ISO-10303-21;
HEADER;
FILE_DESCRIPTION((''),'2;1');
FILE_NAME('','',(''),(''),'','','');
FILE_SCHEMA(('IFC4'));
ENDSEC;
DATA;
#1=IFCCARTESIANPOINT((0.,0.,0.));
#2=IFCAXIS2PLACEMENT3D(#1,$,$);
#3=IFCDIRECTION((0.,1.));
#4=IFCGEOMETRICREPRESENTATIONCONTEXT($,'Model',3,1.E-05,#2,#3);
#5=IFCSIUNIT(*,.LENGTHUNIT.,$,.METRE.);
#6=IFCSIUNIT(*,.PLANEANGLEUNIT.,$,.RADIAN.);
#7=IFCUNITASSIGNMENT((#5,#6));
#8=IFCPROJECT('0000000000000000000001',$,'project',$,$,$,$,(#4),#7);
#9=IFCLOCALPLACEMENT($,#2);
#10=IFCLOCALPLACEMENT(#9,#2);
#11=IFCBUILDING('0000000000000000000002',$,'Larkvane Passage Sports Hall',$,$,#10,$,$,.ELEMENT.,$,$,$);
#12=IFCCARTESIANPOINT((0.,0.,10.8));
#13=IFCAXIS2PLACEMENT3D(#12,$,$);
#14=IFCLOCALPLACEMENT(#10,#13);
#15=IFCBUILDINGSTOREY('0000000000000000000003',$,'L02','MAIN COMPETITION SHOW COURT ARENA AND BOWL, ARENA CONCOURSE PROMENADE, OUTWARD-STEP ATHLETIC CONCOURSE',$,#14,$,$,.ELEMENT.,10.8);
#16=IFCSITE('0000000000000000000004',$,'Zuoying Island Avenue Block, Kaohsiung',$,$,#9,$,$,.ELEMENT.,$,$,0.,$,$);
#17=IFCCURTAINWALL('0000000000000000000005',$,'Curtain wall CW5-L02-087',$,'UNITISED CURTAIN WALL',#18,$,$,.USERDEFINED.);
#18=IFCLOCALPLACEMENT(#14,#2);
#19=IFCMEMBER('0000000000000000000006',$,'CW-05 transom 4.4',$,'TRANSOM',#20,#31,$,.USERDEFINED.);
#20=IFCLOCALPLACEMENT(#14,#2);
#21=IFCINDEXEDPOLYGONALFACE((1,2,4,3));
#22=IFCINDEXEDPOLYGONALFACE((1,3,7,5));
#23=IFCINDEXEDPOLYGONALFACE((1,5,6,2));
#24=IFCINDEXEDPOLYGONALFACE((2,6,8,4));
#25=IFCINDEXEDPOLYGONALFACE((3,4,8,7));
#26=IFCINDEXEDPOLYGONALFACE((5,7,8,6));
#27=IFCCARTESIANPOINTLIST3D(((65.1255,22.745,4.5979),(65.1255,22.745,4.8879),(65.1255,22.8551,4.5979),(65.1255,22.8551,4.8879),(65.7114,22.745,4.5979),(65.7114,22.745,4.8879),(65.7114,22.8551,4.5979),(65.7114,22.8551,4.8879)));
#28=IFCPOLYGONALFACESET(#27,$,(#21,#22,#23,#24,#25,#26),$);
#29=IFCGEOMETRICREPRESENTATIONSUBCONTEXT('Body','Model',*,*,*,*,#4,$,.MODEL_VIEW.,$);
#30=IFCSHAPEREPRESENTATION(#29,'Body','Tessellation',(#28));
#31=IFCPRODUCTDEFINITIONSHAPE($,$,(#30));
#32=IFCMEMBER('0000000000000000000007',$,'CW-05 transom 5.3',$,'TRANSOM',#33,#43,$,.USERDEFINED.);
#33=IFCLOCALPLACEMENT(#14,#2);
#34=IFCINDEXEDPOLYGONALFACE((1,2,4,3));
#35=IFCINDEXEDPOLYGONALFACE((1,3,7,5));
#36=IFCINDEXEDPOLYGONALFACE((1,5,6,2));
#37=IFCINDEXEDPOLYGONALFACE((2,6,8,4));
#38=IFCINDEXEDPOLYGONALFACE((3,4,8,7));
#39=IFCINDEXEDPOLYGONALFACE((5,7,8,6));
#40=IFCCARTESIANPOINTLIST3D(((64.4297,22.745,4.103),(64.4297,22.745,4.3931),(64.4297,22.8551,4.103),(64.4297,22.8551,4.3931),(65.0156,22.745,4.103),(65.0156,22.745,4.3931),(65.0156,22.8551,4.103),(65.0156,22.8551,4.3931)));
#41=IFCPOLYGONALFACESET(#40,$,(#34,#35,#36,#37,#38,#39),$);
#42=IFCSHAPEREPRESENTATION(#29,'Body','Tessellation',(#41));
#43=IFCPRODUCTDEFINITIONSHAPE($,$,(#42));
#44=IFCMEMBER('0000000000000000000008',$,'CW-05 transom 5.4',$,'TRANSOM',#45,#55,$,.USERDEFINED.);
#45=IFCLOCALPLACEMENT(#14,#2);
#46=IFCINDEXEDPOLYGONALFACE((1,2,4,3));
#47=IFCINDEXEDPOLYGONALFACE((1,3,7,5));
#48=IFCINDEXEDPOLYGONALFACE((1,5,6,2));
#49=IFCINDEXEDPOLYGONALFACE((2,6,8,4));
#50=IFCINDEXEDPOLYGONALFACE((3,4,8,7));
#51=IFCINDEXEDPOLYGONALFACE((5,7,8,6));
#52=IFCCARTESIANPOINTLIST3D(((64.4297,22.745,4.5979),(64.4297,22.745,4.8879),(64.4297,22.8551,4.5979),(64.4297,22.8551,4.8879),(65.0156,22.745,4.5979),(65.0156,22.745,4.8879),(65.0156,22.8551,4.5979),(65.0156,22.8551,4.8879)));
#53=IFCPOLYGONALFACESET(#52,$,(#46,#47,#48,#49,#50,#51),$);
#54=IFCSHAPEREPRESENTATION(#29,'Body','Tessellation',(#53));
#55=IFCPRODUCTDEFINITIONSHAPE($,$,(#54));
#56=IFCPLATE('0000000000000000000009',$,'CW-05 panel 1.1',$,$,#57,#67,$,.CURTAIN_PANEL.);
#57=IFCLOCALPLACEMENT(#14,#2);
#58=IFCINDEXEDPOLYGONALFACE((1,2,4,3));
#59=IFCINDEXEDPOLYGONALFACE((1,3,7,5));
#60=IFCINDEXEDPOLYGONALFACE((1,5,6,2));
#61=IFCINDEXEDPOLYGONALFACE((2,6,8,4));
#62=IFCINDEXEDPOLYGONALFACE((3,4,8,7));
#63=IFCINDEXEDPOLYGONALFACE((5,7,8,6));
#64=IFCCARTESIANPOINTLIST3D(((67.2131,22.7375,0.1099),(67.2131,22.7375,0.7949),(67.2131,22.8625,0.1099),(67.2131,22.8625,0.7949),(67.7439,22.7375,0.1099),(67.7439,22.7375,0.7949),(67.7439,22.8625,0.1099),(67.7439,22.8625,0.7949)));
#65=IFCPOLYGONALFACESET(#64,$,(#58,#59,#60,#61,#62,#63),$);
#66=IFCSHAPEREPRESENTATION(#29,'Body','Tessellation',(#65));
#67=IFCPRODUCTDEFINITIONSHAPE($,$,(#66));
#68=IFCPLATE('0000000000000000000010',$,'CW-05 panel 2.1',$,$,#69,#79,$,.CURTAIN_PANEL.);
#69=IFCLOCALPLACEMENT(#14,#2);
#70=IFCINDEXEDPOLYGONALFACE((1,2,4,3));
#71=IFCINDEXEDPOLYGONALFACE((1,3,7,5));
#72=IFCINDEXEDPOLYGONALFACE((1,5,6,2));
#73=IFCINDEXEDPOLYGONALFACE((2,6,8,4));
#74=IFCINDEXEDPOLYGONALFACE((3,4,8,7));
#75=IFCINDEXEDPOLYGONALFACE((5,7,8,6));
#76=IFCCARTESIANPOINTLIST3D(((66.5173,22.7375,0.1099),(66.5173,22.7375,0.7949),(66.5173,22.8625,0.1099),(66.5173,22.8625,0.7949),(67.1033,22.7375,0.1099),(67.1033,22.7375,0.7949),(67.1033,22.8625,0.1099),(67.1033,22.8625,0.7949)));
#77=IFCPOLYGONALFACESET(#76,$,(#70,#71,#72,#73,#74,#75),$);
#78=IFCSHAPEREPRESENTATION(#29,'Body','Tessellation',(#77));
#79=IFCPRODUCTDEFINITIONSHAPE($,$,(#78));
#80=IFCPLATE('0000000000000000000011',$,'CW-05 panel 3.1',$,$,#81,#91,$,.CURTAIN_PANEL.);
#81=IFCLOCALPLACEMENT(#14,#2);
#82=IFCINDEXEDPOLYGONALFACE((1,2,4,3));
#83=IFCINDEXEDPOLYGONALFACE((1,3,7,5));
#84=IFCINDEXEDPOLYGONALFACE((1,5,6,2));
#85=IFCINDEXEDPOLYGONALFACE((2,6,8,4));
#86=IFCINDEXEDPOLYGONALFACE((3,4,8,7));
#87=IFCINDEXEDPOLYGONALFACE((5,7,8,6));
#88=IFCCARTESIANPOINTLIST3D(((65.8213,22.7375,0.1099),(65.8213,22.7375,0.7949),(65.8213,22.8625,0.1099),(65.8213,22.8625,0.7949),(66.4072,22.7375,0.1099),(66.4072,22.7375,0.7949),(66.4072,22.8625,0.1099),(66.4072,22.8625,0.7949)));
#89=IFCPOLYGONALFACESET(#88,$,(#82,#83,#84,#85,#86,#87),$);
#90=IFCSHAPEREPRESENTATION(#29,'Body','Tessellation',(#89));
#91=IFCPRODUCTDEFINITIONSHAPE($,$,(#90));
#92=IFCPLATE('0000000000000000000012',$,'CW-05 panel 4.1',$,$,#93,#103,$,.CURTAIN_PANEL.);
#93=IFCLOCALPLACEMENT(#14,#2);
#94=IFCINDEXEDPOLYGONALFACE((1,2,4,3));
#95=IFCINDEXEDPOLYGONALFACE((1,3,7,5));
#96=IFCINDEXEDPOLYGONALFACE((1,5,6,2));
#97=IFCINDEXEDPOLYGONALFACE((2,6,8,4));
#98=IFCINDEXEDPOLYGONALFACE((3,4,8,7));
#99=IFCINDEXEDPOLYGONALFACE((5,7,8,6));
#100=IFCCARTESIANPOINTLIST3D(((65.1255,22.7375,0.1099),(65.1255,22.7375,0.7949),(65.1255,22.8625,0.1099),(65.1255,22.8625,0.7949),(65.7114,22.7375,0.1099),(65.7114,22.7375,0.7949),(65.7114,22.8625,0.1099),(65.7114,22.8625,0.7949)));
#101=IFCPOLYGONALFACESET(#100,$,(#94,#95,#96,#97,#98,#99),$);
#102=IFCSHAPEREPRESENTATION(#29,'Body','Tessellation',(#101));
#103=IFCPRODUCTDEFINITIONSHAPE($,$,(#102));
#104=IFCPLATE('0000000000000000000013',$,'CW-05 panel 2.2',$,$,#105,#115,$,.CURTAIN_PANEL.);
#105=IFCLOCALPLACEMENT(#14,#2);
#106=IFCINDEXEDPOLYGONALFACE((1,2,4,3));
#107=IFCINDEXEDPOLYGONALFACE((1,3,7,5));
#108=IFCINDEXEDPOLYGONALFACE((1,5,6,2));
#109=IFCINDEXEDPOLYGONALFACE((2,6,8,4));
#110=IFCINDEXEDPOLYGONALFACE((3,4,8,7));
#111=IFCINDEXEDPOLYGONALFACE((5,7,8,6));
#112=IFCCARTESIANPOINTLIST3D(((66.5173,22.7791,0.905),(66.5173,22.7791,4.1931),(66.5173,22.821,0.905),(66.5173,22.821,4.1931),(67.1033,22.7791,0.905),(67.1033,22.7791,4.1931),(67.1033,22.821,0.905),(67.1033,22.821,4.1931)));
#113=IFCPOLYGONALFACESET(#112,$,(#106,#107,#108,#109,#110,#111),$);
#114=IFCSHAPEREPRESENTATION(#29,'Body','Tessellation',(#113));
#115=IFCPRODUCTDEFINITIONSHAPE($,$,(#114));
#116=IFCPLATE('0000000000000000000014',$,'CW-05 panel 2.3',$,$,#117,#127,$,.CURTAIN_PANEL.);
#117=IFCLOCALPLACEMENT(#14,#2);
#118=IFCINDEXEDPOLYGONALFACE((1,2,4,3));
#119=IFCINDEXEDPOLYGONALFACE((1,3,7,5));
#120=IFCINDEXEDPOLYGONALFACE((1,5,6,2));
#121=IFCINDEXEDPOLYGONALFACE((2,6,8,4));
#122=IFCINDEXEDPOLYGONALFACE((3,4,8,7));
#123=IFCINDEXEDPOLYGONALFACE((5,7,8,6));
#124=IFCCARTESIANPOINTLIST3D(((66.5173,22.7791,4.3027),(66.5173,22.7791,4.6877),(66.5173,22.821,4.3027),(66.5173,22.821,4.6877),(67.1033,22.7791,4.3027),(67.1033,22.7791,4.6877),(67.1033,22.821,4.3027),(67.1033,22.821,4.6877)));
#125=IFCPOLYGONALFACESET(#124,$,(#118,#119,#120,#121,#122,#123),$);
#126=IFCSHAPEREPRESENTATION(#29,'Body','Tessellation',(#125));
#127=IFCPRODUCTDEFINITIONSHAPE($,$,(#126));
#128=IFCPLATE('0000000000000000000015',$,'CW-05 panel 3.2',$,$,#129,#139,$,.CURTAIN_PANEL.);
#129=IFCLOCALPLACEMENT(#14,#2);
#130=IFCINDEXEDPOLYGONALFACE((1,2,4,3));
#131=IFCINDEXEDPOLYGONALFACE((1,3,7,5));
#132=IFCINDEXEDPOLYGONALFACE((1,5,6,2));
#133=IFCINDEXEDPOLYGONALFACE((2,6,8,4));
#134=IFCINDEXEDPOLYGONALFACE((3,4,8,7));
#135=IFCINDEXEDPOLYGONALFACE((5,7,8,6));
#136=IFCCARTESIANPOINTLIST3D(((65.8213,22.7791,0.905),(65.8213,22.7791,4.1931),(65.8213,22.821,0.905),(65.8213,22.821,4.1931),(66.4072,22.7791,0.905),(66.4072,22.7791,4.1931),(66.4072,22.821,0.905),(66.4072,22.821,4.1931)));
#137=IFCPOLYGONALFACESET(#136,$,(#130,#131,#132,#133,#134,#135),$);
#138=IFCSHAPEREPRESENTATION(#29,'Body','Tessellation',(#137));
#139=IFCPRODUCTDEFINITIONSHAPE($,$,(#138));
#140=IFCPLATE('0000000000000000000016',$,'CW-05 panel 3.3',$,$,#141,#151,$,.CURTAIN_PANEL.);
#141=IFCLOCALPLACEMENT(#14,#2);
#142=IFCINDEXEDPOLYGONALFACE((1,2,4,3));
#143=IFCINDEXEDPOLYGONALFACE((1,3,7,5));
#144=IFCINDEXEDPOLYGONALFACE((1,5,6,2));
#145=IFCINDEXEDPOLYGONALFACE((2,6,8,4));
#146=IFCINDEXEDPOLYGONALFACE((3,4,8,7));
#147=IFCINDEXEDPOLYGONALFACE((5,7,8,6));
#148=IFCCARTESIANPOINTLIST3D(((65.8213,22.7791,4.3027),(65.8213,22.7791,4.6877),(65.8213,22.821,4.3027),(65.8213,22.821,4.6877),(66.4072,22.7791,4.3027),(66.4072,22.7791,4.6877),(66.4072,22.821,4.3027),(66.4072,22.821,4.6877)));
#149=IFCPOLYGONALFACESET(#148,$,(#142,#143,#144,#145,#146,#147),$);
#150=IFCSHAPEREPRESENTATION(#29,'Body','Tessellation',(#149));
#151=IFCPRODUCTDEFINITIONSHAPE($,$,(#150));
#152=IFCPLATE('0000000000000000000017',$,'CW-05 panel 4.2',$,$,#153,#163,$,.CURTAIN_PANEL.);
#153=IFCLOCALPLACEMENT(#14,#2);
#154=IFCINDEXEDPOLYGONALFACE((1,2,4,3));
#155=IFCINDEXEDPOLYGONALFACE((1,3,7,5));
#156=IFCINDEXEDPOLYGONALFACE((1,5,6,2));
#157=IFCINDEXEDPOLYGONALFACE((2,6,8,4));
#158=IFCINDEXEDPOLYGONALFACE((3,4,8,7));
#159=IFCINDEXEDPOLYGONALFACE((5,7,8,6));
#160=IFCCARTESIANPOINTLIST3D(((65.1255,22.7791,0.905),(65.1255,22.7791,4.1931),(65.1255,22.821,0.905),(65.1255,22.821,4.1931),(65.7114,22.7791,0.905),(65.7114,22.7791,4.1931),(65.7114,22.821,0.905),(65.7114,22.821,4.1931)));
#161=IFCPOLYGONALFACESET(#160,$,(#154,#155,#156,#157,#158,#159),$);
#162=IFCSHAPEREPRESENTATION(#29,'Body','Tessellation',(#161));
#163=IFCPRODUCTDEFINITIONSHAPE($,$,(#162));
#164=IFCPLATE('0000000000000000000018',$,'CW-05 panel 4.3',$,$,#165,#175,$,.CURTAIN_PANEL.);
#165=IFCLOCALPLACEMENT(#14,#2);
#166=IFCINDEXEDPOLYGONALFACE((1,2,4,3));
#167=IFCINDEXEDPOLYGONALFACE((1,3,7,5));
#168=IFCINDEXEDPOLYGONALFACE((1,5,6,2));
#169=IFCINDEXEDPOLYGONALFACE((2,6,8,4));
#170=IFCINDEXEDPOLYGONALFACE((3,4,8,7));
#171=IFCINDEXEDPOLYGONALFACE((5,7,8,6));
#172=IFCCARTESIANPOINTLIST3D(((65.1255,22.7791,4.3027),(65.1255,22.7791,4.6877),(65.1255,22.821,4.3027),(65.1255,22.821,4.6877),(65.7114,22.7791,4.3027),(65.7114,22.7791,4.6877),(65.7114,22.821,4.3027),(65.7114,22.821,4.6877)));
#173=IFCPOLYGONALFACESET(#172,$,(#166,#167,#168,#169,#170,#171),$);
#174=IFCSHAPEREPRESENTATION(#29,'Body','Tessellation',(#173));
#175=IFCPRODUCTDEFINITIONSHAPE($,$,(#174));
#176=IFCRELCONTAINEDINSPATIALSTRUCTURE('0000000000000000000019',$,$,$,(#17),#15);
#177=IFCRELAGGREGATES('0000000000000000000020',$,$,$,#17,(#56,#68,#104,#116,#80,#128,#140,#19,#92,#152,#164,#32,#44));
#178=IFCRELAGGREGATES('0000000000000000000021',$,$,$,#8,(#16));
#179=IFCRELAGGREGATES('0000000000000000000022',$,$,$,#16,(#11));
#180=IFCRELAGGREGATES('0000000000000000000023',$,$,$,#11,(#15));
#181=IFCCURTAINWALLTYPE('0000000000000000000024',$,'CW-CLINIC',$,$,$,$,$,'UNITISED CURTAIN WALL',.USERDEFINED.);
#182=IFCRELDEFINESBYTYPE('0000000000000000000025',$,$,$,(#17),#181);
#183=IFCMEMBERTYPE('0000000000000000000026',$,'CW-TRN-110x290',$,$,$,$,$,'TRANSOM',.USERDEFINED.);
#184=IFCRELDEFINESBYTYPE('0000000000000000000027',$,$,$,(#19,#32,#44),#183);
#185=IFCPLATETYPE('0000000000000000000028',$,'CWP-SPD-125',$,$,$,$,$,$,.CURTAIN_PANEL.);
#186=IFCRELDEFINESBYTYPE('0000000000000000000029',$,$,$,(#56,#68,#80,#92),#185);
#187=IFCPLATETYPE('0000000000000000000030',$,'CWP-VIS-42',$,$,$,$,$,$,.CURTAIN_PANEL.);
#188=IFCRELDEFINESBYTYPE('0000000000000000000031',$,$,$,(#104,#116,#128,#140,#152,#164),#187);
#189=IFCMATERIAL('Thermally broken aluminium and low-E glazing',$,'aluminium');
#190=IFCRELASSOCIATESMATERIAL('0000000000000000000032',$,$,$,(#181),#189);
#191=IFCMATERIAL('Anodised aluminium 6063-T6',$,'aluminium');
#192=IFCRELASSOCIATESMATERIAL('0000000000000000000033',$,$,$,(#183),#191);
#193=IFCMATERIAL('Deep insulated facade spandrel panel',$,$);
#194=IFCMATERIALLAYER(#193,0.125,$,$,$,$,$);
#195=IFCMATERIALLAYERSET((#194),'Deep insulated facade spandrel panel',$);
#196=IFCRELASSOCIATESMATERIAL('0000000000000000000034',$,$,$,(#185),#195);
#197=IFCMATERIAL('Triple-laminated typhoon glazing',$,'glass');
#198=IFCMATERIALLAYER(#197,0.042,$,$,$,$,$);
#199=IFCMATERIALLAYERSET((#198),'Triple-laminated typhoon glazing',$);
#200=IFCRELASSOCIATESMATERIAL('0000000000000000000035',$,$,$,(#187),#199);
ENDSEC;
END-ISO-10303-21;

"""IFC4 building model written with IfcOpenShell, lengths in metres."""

from ifc_helpers import new_model, si_unit, direction, frame, origin, origin_2d, place, context, subcontext, project, spatial, rectangle, extrude, material, layer, layer_set, material_profile, profile_set, type_object, element, aggregate, save


model = new_model("IFC4")

# Units and contexts
model_context = context("Model", 3, precision=1e-05, world=origin(), true_north=direction((0.0, 1.0)))
body_context = subcontext(model_context, "Body", "Model", "MODEL_VIEW")
ifc_project = project(units=[si_unit("LENGTHUNIT", "METRE"), si_unit("PLANEANGLEUNIT", "RADIAN")], contexts=[model_context])

# Site, building, storey
site_placement = place(None, origin())
site = spatial("IfcSite", under=ifc_project, at=site_placement, Name="Zuoying Island Avenue Block, Kaohsiung", CompositionType="ELEMENT", RefElevation=0.0)
building_placement = place(site_placement, origin())
building = spatial("IfcBuilding", under=site, at=building_placement, Name="Larkvane Passage Sports Hall", CompositionType="ELEMENT")
storey_placement = place(building_placement, frame((0.0, 0.0, 10.8)))
storey = spatial("IfcBuildingStorey", under=building, at=storey_placement, Name="L02", Description="MAIN COMPETITION SHOW COURT ARENA AND BOWL, ARENA CONCOURSE PROMENADE, OUTWARD-STEP ATHLETIC CONCOURSE", CompositionType="ELEMENT", Elevation=10.8)

# Curtain wall, members, plates
ifc_material_1 = material(Name="Thermally broken aluminium and low-E glazing", Category="aluminium")
curtain_wall_type = type_object("IfcCurtainWallType", Name="CW-CLINIC", ElementType="UNITISED CURTAIN WALL", PredefinedType="USERDEFINED", material=ifc_material_1)
curtain_wall_placement = place(storey_placement, origin())
curtain_wall = element("IfcCurtainWall", 1, at=curtain_wall_placement, inside=storey, type_object=curtain_wall_type, Name="Curtain wall CW5-L02-087", ObjectType="UNITISED CURTAIN WALL", PredefinedType="USERDEFINED")
ifc_material_2 = material(Name="Anodised aluminium 6063-T6", Category="aluminium")
ifc_material_profile_1 = material_profile(ifc_material_2, rectangle(XDim=0.1101, YDim=0.29, at=origin_2d()), Name="ALU-TRN-110x290")
ifc_profile_set_1 = profile_set([ifc_material_profile_1], Name="Anodised aluminium 6063-T6")
member_type_1 = type_object("IfcMemberType", Name="CW-TRN-110x290", ElementType="TRANSOM", PredefinedType="USERDEFINED", material=ifc_profile_set_1)
member_1_placement = place(storey_placement, frame((65.7114, 22.8, 4.7429), z_axis=(-1.0, 0.0, 0.0), x_axis=(0.0, -1.0, 0.0)))
member_1 = element("IfcMember", 2, at=member_1_placement, type_object=member_type_1, Name="CW-05 transom 4.4", ObjectType="TRANSOM", PredefinedType="USERDEFINED", context=body_context, shape_type="SweptSolid", body=[
    extrude(rectangle(XDim=0.1101, YDim=0.29, at=origin_2d()), origin(), (0.0, 0.0, 1.0), 0.5859),
])
member_2_placement = place(storey_placement, frame((65.0156, 22.8, 4.248), z_axis=(-1.0, 0.0, 0.0), x_axis=(0.0, -1.0, 0.0)))
member_2 = element("IfcMember", 3, at=member_2_placement, type_object=member_type_1, Name="CW-05 transom 5.3", ObjectType="TRANSOM", PredefinedType="USERDEFINED", context=body_context, shape_type="SweptSolid", body=[
    extrude(rectangle(XDim=0.1101, YDim=0.29, at=origin_2d()), origin(), (0.0, 0.0, 1.0), 0.5859),
])
member_3_placement = place(storey_placement, frame((65.0156, 22.8, 4.7429), z_axis=(-1.0, 0.0, 0.0), x_axis=(0.0, -1.0, 0.0)))
member_3 = element("IfcMember", 4, at=member_3_placement, type_object=member_type_1, Name="CW-05 transom 5.4", ObjectType="TRANSOM", PredefinedType="USERDEFINED", context=body_context, shape_type="SweptSolid", body=[
    extrude(rectangle(XDim=0.1101, YDim=0.29, at=origin_2d()), origin(), (0.0, 0.0, 1.0), 0.5859),
])
ifc_material_3 = material(Name="Deep insulated facade spandrel panel")
ifc_layer_1 = layer(ifc_material_3, 0.125)
ifc_layer_set_1 = layer_set([ifc_layer_1], Name="Deep insulated facade spandrel panel")
plate_type_1 = type_object("IfcPlateType", Name="CWP-SPD-125", PredefinedType="CURTAIN_PANEL", material=ifc_layer_set_1)
plate_1_placement = place(storey_placement, frame((67.4785, 22.8, 0.1099), z_axis=(0.0, 0.0, 1.0), x_axis=(-1.0, 0.0, 0.0)))
plate_1 = element("IfcPlate", 5, at=plate_1_placement, type_object=plate_type_1, Name="CW-05 panel 1.1", PredefinedType="CURTAIN_PANEL", context=body_context, shape_type="SweptSolid", body=[
    extrude(rectangle(XDim=0.5308, YDim=0.125, at=origin_2d()), origin(), (0.0, 0.0, 1.0), 0.6851),
])
plate_2_placement = place(storey_placement, frame((66.8103, 22.8, 0.1099), z_axis=(0.0, 0.0, 1.0), x_axis=(-1.0, 0.0, 0.0)))
plate_2 = element("IfcPlate", 6, at=plate_2_placement, type_object=plate_type_1, Name="CW-05 panel 2.1", PredefinedType="CURTAIN_PANEL", context=body_context, shape_type="SweptSolid", body=[
    extrude(rectangle(XDim=0.5859, YDim=0.125, at=origin_2d()), origin(), (0.0, 0.0, 1.0), 0.6851),
])
plate_3_placement = place(storey_placement, frame((66.1143, 22.8, 0.1099), z_axis=(0.0, 0.0, 1.0), x_axis=(-1.0, 0.0, 0.0)))
plate_3 = element("IfcPlate", 7, at=plate_3_placement, type_object=plate_type_1, Name="CW-05 panel 3.1", PredefinedType="CURTAIN_PANEL", context=body_context, shape_type="SweptSolid", body=[
    extrude(rectangle(XDim=0.5859, YDim=0.125, at=origin_2d()), origin(), (0.0, 0.0, 1.0), 0.6851),
])
plate_4_placement = place(storey_placement, frame((65.4185, 22.8, 0.1099), z_axis=(0.0, 0.0, 1.0), x_axis=(-1.0, 0.0, 0.0)))
plate_4 = element("IfcPlate", 8, at=plate_4_placement, type_object=plate_type_1, Name="CW-05 panel 4.1", PredefinedType="CURTAIN_PANEL", context=body_context, shape_type="SweptSolid", body=[
    extrude(rectangle(XDim=0.5859, YDim=0.125, at=origin_2d()), origin(), (0.0, 0.0, 1.0), 0.6851),
])
ifc_material_4 = material(Name="Triple-laminated typhoon glazing", Category="glass")
ifc_layer_2 = layer(ifc_material_4, 0.042)
ifc_layer_set_2 = layer_set([ifc_layer_2], Name="Triple-laminated typhoon glazing")
plate_type_2 = type_object("IfcPlateType", Name="CWP-VIS-42", PredefinedType="CURTAIN_PANEL", material=ifc_layer_set_2)
plate_5_placement = place(storey_placement, frame((66.8103, 22.8, 0.905), z_axis=(0.0, 0.0, 1.0), x_axis=(-1.0, 0.0, 0.0)))
plate_5 = element("IfcPlate", 9, at=plate_5_placement, type_object=plate_type_2, Name="CW-05 panel 2.2", PredefinedType="CURTAIN_PANEL", context=body_context, shape_type="SweptSolid", body=[
    extrude(rectangle(XDim=0.5859, YDim=0.042, at=origin_2d()), origin(), (0.0, 0.0, 1.0), 3.2881),
])
plate_6_placement = place(storey_placement, frame((66.8103, 22.8, 4.3027), z_axis=(0.0, 0.0, 1.0), x_axis=(-1.0, 0.0, 0.0)))
plate_6 = element("IfcPlate", 10, at=plate_6_placement, type_object=plate_type_2, Name="CW-05 panel 2.3", PredefinedType="CURTAIN_PANEL", context=body_context, shape_type="SweptSolid", body=[
    extrude(rectangle(XDim=0.5859, YDim=0.042, at=origin_2d()), origin(), (0.0, 0.0, 1.0), 0.385),
])
plate_7_placement = place(storey_placement, frame((66.1143, 22.8, 0.905), z_axis=(0.0, 0.0, 1.0), x_axis=(-1.0, 0.0, 0.0)))
plate_7 = element("IfcPlate", 11, at=plate_7_placement, type_object=plate_type_2, Name="CW-05 panel 3.2", PredefinedType="CURTAIN_PANEL", context=body_context, shape_type="SweptSolid", body=[
    extrude(rectangle(XDim=0.5859, YDim=0.042, at=origin_2d()), origin(), (0.0, 0.0, 1.0), 3.2881),
])
plate_8_placement = place(storey_placement, frame((66.1143, 22.8, 4.3027), z_axis=(0.0, 0.0, 1.0), x_axis=(-1.0, 0.0, 0.0)))
plate_8 = element("IfcPlate", 12, at=plate_8_placement, type_object=plate_type_2, Name="CW-05 panel 3.3", PredefinedType="CURTAIN_PANEL", context=body_context, shape_type="SweptSolid", body=[
    extrude(rectangle(XDim=0.5859, YDim=0.042, at=origin_2d()), origin(), (0.0, 0.0, 1.0), 0.385),
])
plate_9_placement = place(storey_placement, frame((65.4185, 22.8, 0.905), z_axis=(0.0, 0.0, 1.0), x_axis=(-1.0, 0.0, 0.0)))
plate_9 = element("IfcPlate", 13, at=plate_9_placement, type_object=plate_type_2, Name="CW-05 panel 4.2", PredefinedType="CURTAIN_PANEL", context=body_context, shape_type="SweptSolid", body=[
    extrude(rectangle(XDim=0.5859, YDim=0.042, at=origin_2d()), origin(), (0.0, 0.0, 1.0), 3.2881),
])
plate_10_placement = place(storey_placement, frame((65.4185, 22.8, 4.3027), z_axis=(0.0, 0.0, 1.0), x_axis=(-1.0, 0.0, 0.0)))
plate_10 = element("IfcPlate", 14, at=plate_10_placement, type_object=plate_type_2, Name="CW-05 panel 4.3", PredefinedType="CURTAIN_PANEL", context=body_context, shape_type="SweptSolid", body=[
    extrude(rectangle(XDim=0.5859, YDim=0.042, at=origin_2d()), origin(), (0.0, 0.0, 1.0), 0.385),
])
aggregate(curtain_wall, [plate_1, plate_2, plate_5, plate_6, plate_3, plate_7, plate_8, member_1, plate_4, plate_9, plate_10, member_2, member_3])

save(model, "model.ifc")
